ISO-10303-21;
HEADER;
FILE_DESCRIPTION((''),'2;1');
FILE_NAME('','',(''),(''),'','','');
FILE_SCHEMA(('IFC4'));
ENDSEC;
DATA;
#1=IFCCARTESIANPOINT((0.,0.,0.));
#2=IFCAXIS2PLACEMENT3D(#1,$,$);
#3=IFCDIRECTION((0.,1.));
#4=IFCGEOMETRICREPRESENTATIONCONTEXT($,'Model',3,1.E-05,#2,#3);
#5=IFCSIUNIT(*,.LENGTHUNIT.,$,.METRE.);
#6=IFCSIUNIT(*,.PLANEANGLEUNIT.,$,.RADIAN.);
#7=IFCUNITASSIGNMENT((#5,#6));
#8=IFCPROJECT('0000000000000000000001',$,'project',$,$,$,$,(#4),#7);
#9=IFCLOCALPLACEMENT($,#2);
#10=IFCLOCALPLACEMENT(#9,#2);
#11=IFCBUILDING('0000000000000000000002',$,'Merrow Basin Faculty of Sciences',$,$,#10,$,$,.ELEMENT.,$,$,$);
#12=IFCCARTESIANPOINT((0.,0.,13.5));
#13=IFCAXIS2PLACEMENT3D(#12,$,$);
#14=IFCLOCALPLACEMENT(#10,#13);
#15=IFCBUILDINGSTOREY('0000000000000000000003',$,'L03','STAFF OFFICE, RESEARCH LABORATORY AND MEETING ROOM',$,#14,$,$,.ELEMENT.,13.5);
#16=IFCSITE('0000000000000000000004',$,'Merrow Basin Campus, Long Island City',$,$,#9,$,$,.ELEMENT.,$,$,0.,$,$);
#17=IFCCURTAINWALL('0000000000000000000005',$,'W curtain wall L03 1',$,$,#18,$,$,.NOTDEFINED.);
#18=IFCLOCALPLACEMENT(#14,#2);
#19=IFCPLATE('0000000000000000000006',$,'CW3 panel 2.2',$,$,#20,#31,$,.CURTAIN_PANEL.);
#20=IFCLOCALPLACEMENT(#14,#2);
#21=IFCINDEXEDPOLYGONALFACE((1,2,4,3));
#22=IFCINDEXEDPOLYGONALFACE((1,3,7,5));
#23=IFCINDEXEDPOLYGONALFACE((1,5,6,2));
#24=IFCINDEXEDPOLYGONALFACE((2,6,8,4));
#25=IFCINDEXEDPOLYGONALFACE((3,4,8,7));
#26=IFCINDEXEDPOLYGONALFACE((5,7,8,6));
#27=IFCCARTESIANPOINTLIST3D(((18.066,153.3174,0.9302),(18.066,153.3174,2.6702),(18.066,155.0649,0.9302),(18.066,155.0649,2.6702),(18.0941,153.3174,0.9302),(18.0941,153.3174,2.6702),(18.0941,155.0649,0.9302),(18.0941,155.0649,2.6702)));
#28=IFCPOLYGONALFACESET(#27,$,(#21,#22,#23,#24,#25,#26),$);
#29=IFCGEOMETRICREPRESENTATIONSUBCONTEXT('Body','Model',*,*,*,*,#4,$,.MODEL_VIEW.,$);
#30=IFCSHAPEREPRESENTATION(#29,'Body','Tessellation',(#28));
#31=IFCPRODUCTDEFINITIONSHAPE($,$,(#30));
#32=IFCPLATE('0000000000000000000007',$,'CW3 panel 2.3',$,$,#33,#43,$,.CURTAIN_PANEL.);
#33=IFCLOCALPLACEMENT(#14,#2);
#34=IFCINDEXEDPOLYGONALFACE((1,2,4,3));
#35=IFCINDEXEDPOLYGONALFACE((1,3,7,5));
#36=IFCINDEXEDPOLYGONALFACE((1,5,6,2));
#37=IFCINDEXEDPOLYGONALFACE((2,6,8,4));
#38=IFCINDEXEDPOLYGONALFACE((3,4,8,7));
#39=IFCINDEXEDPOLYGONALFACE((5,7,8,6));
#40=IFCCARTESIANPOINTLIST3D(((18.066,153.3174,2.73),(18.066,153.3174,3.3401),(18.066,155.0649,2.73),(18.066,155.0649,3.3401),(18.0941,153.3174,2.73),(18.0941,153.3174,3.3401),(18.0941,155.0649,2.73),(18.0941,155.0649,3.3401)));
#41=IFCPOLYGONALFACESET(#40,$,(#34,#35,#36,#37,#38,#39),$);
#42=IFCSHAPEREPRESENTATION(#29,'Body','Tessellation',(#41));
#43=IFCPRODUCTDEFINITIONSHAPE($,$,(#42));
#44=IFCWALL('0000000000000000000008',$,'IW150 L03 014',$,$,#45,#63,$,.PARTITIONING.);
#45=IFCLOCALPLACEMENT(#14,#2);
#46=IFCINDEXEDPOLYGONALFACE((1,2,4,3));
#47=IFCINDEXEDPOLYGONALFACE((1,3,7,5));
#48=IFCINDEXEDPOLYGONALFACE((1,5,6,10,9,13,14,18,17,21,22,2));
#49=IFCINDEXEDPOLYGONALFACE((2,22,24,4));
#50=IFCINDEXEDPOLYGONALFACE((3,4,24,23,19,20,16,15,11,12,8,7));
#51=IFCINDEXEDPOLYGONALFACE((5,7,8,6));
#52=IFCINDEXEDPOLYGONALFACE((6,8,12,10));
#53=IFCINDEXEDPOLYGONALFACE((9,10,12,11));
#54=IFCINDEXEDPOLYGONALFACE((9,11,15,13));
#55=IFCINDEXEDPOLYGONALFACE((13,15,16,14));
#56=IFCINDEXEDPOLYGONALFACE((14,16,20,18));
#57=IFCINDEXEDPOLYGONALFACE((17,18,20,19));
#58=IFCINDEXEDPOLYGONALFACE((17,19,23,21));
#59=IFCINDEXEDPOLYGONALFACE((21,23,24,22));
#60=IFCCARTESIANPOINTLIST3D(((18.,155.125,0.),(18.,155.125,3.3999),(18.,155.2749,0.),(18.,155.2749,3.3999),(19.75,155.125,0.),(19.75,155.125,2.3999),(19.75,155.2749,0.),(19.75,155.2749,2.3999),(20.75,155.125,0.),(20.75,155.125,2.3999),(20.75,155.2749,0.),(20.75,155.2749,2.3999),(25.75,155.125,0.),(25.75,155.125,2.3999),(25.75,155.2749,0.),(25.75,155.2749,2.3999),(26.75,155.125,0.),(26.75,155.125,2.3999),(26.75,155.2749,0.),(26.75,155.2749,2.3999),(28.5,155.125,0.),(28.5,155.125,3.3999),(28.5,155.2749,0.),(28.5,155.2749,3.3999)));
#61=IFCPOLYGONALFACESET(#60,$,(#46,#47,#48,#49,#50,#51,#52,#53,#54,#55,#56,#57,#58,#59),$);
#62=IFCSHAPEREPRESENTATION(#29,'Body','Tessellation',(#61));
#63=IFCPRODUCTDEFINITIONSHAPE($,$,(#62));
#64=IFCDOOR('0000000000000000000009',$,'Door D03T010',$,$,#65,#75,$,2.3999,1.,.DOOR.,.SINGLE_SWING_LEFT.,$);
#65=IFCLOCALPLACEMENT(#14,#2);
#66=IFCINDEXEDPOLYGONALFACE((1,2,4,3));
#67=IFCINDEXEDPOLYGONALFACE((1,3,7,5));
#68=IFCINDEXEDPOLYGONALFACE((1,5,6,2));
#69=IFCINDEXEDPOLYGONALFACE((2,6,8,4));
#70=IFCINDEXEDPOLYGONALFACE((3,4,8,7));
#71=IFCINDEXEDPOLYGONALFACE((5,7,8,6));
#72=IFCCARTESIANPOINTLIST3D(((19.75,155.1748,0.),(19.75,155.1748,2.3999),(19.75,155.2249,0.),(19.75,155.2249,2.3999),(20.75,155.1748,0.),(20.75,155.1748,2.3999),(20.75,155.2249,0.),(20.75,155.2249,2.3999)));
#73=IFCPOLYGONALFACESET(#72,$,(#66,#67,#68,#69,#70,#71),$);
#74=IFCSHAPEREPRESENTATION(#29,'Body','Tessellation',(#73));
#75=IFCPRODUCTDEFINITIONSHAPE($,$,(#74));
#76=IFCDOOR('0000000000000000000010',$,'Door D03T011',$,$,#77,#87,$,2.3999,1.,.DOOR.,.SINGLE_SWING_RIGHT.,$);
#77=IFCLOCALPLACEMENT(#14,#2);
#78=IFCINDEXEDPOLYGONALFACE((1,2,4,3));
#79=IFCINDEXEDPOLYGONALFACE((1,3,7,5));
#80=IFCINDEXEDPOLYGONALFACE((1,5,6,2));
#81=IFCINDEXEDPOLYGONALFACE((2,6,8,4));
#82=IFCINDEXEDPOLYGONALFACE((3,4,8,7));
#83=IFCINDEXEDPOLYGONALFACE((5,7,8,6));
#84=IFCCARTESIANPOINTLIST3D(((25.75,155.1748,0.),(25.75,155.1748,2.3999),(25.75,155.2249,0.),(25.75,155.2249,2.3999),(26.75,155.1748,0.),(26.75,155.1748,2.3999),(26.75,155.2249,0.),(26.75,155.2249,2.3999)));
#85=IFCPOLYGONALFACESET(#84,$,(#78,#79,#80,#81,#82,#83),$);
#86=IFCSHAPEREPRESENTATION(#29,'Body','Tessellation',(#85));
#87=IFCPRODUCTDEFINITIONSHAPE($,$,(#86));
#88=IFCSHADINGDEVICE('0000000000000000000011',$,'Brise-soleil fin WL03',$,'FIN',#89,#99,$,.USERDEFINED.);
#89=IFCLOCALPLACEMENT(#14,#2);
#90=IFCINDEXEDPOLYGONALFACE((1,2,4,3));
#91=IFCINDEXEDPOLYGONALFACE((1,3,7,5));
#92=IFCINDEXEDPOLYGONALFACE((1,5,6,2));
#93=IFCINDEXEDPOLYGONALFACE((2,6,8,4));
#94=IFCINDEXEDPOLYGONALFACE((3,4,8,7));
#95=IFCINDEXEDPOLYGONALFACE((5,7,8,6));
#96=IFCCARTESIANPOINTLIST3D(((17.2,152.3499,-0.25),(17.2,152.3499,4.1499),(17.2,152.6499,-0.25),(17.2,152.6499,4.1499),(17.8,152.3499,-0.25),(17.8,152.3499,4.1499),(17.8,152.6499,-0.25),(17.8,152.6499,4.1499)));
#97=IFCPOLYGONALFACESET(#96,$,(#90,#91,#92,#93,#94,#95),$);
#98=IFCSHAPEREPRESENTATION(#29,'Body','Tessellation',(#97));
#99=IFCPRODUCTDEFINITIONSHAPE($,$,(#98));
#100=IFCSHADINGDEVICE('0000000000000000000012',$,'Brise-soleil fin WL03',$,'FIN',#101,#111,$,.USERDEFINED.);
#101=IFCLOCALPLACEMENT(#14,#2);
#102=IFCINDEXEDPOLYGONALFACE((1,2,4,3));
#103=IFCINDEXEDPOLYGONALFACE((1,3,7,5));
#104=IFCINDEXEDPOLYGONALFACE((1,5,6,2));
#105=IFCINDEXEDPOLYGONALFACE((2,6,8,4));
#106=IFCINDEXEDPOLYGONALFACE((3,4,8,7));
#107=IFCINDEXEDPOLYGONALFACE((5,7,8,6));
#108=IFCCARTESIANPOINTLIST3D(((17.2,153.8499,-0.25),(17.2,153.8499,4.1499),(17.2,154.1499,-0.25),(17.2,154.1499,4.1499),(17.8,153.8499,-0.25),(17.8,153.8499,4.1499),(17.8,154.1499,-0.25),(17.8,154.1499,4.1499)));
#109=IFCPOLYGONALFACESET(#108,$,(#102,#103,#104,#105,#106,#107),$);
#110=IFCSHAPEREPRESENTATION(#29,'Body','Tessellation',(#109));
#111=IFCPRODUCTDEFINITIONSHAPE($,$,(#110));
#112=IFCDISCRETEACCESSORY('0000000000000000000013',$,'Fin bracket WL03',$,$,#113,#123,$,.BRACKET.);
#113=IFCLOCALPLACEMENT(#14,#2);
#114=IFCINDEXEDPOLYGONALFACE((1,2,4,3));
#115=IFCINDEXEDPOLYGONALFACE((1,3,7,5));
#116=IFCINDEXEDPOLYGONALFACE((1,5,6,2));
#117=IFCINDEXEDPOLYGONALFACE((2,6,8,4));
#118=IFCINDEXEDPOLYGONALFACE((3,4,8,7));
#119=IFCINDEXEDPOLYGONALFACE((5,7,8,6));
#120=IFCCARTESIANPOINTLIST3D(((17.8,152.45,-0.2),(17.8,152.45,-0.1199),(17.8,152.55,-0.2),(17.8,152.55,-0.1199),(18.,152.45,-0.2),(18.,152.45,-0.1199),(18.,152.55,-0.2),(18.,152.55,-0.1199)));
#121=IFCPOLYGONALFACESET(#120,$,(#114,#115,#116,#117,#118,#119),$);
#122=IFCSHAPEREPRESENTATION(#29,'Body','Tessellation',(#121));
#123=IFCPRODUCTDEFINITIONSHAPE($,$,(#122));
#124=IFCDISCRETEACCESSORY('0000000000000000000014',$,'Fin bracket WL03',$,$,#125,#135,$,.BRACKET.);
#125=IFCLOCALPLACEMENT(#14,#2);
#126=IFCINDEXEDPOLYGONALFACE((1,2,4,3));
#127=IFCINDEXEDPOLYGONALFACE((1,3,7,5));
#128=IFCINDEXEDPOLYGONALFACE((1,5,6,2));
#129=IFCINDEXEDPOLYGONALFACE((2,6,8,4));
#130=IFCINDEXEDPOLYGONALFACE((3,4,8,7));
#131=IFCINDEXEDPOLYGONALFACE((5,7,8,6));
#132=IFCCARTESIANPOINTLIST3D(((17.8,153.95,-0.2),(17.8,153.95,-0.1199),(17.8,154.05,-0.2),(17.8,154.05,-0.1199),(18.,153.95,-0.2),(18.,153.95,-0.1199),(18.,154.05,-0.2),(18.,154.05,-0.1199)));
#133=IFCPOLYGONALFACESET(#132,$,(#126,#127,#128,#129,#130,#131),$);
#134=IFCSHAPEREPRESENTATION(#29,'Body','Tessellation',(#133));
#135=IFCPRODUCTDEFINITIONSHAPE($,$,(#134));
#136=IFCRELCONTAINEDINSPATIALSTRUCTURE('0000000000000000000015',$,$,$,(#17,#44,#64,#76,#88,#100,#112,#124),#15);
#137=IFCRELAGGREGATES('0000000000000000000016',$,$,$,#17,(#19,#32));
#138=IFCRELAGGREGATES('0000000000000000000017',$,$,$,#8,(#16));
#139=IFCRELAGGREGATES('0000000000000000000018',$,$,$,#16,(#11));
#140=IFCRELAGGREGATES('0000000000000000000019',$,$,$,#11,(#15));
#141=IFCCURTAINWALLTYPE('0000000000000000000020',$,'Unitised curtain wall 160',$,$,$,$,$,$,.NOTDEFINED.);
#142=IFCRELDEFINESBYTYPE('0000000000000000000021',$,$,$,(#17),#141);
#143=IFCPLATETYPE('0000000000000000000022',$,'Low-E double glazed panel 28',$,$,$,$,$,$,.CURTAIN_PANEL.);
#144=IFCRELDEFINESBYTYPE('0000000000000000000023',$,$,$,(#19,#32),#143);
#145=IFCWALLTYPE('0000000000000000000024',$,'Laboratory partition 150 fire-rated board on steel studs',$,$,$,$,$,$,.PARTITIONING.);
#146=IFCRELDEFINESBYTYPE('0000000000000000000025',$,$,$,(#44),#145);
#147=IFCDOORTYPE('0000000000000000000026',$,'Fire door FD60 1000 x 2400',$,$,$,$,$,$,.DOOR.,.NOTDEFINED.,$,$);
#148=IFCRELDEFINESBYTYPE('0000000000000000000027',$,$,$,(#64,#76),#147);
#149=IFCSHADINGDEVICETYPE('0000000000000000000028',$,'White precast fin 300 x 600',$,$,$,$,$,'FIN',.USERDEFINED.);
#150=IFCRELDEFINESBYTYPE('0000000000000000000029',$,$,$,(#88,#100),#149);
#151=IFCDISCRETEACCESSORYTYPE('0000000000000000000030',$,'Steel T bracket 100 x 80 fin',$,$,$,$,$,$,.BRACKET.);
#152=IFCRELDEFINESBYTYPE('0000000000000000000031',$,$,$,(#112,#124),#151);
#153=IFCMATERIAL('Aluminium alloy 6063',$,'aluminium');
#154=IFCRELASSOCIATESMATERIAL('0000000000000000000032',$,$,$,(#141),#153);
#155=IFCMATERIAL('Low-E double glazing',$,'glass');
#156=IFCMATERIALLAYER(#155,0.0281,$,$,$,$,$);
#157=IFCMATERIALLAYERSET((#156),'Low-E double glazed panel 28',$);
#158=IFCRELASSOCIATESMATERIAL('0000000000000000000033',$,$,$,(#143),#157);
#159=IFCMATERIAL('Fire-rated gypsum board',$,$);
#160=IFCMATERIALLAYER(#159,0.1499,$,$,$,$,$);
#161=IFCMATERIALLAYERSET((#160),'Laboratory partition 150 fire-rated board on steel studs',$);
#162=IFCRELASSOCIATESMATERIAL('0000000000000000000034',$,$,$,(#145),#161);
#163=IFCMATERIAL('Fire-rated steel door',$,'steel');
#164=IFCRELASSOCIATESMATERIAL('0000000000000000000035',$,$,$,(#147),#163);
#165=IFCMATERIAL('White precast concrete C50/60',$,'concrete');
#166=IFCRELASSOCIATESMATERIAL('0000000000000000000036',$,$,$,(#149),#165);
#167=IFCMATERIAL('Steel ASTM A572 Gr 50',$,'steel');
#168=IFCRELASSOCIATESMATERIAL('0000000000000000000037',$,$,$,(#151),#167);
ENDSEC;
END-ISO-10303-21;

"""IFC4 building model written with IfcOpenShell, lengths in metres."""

from ifc_helpers import new_model, si_unit, direction, frame, frame_2d, origin, origin_2d, place, context, subcontext, project, spatial, polyline, rectangle, outline, extrude, source, transform, mapped, material, layer, layer_set, type_object, element, fill, aggregate, save


model = new_model("IFC4")

# Units and contexts
model_context = context("Model", 3, precision=1e-05, world=origin(), true_north=direction((0.0, 1.0)))
body_context = subcontext(model_context, "Body", "Model", "MODEL_VIEW")
ifc_project = project(units=[si_unit("LENGTHUNIT", "METRE"), si_unit("PLANEANGLEUNIT", "RADIAN")], contexts=[model_context])

# Site, building, storey
site_placement = place(None, origin())
site = spatial("IfcSite", under=ifc_project, at=site_placement, Name="Merrow Basin Campus, Long Island City", CompositionType="ELEMENT", RefElevation=0.0)
building_placement = place(site_placement, origin())
building = spatial("IfcBuilding", under=site, at=building_placement, Name="Merrow Basin Faculty of Sciences", CompositionType="ELEMENT")
storey_placement = place(building_placement, frame((0.0, 0.0, 13.5)))
storey = spatial("IfcBuildingStorey", under=building, at=storey_placement, Name="L03", Description="STAFF OFFICE, RESEARCH LABORATORY AND MEETING ROOM", CompositionType="ELEMENT", Elevation=13.5)

# Curtain wall
ifc_material_1 = material(Name="Aluminium alloy 6063", Category="aluminium")
curtain_wall_type = type_object("IfcCurtainWallType", Name="Unitised curtain wall 160", PredefinedType="NOTDEFINED", material=ifc_material_1)
curtain_wall_1_placement = place(storey_placement, origin())
curtain_wall_1 = element("IfcCurtainWall", 1, at=curtain_wall_1_placement, inside=storey, type_object=curtain_wall_type, Name="W curtain wall L03 1", PredefinedType="NOTDEFINED")

# Plates
ifc_material_2 = material(Name="Low-E double glazing", Category="glass")
ifc_layer_1 = layer(ifc_material_2, 0.0281)
ifc_layer_set_1 = layer_set([ifc_layer_1], Name="Low-E double glazed panel 28")
plate_type_1 = type_object("IfcPlateType", Name="Low-E double glazed panel 28", PredefinedType="CURTAIN_PANEL", material=ifc_layer_set_1)
plate_1_placement = place(storey_placement, frame((18.0801, 154.1912, 0.9302), z_axis=(0.0, 0.0, 1.0), x_axis=(0.0, 1.0, 0.0)))
plate_1 = element("IfcPlate", 2, at=plate_1_placement, type_object=plate_type_1, Name="CW3 panel 2.2", PredefinedType="CURTAIN_PANEL", context=body_context, shape_type="SweptSolid", body=[
    extrude(rectangle(XDim=1.7476, YDim=0.0281, at=origin_2d()), origin(), (0.0, 0.0, 1.0), 1.74),
])
plate_2_placement = place(storey_placement, frame((18.0801, 154.1912, 2.73), z_axis=(0.0, 0.0, 1.0), x_axis=(0.0, 1.0, 0.0)))
plate_2 = element("IfcPlate", 3, at=plate_2_placement, type_object=plate_type_1, Name="CW3 panel 2.3", PredefinedType="CURTAIN_PANEL", context=body_context, shape_type="SweptSolid", body=[
    extrude(rectangle(XDim=1.7476, YDim=0.0281, at=origin_2d()), origin(), (0.0, 0.0, 1.0), 0.6101),
])
aggregate(curtain_wall_1, [plate_1, plate_2])

# Wall, openings, doors
ifc_material_3 = material(Name="Fire-rated gypsum board")
ifc_layer_2 = layer(ifc_material_3, 0.1499)
ifc_layer_set_2 = layer_set([ifc_layer_2], Name="Laboratory partition 150 fire-rated board on steel studs")
wall_type = type_object("IfcWallType", Name="Laboratory partition 150 fire-rated board on steel studs", PredefinedType="PARTITIONING", material=ifc_layer_set_2)
wall_placement = place(storey_placement, frame((18.0, 155.2, 0.0), z_axis=(0.0, 0.0, 1.0), x_axis=(1.0, 0.0, 0.0)))
wall = element("IfcWall", 4, at=wall_placement, inside=storey, type_object=wall_type, Name="IW150 L03 014", PredefinedType="PARTITIONING", context=body_context, shape_type="SweptSolid", body=[
    extrude(rectangle(XDim=10.5, YDim=0.1499, at=frame_2d((5.25, 0.0))), origin(), (0.0, 0.0, 1.0), 3.3999),
])
opening_1_placement = place(wall_placement, frame((1.75, 0.0, 0.0)))
opening_1 = element("IfcOpeningElement", 5, at=opening_1_placement, cuts=wall, PredefinedType="OPENING", context=body_context, shape_type="SweptSolid", body=[
    extrude(rectangle(XDim=1.0, YDim=2.3999, at=frame_2d((0.5, 1.2))), frame((0.0, 0.085, 0.0), z_axis=(0.0, -1.0, 0.0), x_axis=(1.0, 0.0, 0.0)), (0.0, 0.0, 1.0), 0.1699),
])
opening_2_placement = place(wall_placement, frame((7.75, 0.0, 0.0)))
opening_2 = element("IfcOpeningElement", 6, at=opening_2_placement, cuts=wall, PredefinedType="OPENING", context=body_context, shape_type="SweptSolid", body=[
    extrude(rectangle(XDim=1.0, YDim=2.3999, at=frame_2d((0.5, 1.2))), frame((0.0, 0.085, 0.0), z_axis=(0.0, -1.0, 0.0), x_axis=(1.0, 0.0, 0.0)), (0.0, 0.0, 1.0), 0.1699),
])
ifc_material_4 = material(Name="Fire-rated steel door", Category="steel")
door_type = type_object("IfcDoorType", Name="Fire door FD60 1000 x 2400", OperationType="NOTDEFINED", PredefinedType="DOOR", material=ifc_material_4)
door_1_placement = place(opening_1_placement, origin())
door_1 = element("IfcDoor", 7, at=door_1_placement, inside=storey, type_object=door_type, Name="Door D03T010", OperationType="SINGLE_SWING_LEFT", OverallHeight=2.3999, OverallWidth=1.0, PredefinedType="DOOR", context=body_context, shape_type="SweptSolid", body=[
    extrude(rectangle(XDim=1.0, YDim=2.3999, at=frame_2d((0.5, 1.2))), frame((0.0, 0.0249, 0.0), z_axis=(0.0, -1.0, 0.0), x_axis=(1.0, 0.0, 0.0)), (0.0, 0.0, 1.0), 0.05),
])
fill(opening_1, door_1)
door_2_placement = place(opening_2_placement, origin())
door_2 = element("IfcDoor", 8, at=door_2_placement, inside=storey, type_object=door_type, Name="Door D03T011", OperationType="SINGLE_SWING_RIGHT", OverallHeight=2.3999, OverallWidth=1.0, PredefinedType="DOOR", context=body_context, shape_type="SweptSolid", body=[
    extrude(rectangle(XDim=1.0, YDim=2.3999, at=frame_2d((0.5, 1.2))), frame((0.0, 0.0249, 0.0), z_axis=(0.0, -1.0, 0.0), x_axis=(1.0, 0.0, 0.0)), (0.0, 0.0, 1.0), 0.05),
])
fill(opening_2, door_2)

# Shading devices
ifc_material_5 = material(Name="White precast concrete C50/60", Category="concrete")
shading_device_type = type_object("IfcShadingDeviceType", Name="White precast fin 300 x 600", ElementType="FIN", PredefinedType="USERDEFINED", material=ifc_material_5)
shared_shape_1 = source(origin(), body_context, "Body", "SweptSolid", [
    extrude(outline(polyline([(0.0, 0.0), (0.3, 0.0), (0.3, 4.3999), (0.0, 4.3999), (0.0, 0.0)])), origin(), (0.0, 0.0, 1.0), 0.6001),
])
for number, where, z_axis, x_axis, name in (
    (9, (17.8, 152.6499, -0.25), (-1.0, 0.0, 0.0), (0.0, -1.0, 0.0), "Brise-soleil fin WL03"),
    (10, (17.8, 154.1499, -0.25), (-1.0, 0.0, 0.0), (0.0, -1.0, 0.0), "Brise-soleil fin WL03"),
):
    element("IfcShadingDevice", number, at=place(storey_placement, frame(where, z_axis=z_axis, x_axis=x_axis)), inside=storey, type_object=shading_device_type, Name=name, ObjectType="FIN", PredefinedType="USERDEFINED", context=body_context, shape_type="MappedRepresentation", body=[
        mapped(shared_shape_1, transform((0.0, 0.0, 0.0), scale=1.0)),
    ])

# Discrete accessories
ifc_material_6 = material(Name="Steel ASTM A572 Gr 50", Category="steel")
discrete_accessory_type = type_object("IfcDiscreteAccessoryType", Name="Steel T bracket 100 x 80 fin", PredefinedType="BRACKET", material=ifc_material_6)
shared_shape_2 = source(origin(), body_context, "Body", "SweptSolid", [
    extrude(outline(polyline([(0.0, 0.0), (0.1001, 0.0), (0.1001, 0.0801), (0.0, 0.0801), (0.0, 0.0)])), origin(), (0.0, 0.0, 1.0), 0.2),
])
for number, where, z_axis, x_axis, name in (
    (11, (18.0, 152.55, -0.2), (-1.0, 0.0, 0.0), (0.0, -1.0, 0.0), "Fin bracket WL03"),
    (12, (18.0, 154.05, -0.2), (-1.0, 0.0, 0.0), (0.0, -1.0, 0.0), "Fin bracket WL03"),
):
    element("IfcDiscreteAccessory", number, at=place(storey_placement, frame(where, z_axis=z_axis, x_axis=x_axis)), inside=storey, type_object=discrete_accessory_type, Name=name, PredefinedType="BRACKET", context=body_context, shape_type="MappedRepresentation", body=[
        mapped(shared_shape_2, transform((0.0, 0.0, 0.0), scale=1.0)),
    ])

save(model, "model.ifc")
